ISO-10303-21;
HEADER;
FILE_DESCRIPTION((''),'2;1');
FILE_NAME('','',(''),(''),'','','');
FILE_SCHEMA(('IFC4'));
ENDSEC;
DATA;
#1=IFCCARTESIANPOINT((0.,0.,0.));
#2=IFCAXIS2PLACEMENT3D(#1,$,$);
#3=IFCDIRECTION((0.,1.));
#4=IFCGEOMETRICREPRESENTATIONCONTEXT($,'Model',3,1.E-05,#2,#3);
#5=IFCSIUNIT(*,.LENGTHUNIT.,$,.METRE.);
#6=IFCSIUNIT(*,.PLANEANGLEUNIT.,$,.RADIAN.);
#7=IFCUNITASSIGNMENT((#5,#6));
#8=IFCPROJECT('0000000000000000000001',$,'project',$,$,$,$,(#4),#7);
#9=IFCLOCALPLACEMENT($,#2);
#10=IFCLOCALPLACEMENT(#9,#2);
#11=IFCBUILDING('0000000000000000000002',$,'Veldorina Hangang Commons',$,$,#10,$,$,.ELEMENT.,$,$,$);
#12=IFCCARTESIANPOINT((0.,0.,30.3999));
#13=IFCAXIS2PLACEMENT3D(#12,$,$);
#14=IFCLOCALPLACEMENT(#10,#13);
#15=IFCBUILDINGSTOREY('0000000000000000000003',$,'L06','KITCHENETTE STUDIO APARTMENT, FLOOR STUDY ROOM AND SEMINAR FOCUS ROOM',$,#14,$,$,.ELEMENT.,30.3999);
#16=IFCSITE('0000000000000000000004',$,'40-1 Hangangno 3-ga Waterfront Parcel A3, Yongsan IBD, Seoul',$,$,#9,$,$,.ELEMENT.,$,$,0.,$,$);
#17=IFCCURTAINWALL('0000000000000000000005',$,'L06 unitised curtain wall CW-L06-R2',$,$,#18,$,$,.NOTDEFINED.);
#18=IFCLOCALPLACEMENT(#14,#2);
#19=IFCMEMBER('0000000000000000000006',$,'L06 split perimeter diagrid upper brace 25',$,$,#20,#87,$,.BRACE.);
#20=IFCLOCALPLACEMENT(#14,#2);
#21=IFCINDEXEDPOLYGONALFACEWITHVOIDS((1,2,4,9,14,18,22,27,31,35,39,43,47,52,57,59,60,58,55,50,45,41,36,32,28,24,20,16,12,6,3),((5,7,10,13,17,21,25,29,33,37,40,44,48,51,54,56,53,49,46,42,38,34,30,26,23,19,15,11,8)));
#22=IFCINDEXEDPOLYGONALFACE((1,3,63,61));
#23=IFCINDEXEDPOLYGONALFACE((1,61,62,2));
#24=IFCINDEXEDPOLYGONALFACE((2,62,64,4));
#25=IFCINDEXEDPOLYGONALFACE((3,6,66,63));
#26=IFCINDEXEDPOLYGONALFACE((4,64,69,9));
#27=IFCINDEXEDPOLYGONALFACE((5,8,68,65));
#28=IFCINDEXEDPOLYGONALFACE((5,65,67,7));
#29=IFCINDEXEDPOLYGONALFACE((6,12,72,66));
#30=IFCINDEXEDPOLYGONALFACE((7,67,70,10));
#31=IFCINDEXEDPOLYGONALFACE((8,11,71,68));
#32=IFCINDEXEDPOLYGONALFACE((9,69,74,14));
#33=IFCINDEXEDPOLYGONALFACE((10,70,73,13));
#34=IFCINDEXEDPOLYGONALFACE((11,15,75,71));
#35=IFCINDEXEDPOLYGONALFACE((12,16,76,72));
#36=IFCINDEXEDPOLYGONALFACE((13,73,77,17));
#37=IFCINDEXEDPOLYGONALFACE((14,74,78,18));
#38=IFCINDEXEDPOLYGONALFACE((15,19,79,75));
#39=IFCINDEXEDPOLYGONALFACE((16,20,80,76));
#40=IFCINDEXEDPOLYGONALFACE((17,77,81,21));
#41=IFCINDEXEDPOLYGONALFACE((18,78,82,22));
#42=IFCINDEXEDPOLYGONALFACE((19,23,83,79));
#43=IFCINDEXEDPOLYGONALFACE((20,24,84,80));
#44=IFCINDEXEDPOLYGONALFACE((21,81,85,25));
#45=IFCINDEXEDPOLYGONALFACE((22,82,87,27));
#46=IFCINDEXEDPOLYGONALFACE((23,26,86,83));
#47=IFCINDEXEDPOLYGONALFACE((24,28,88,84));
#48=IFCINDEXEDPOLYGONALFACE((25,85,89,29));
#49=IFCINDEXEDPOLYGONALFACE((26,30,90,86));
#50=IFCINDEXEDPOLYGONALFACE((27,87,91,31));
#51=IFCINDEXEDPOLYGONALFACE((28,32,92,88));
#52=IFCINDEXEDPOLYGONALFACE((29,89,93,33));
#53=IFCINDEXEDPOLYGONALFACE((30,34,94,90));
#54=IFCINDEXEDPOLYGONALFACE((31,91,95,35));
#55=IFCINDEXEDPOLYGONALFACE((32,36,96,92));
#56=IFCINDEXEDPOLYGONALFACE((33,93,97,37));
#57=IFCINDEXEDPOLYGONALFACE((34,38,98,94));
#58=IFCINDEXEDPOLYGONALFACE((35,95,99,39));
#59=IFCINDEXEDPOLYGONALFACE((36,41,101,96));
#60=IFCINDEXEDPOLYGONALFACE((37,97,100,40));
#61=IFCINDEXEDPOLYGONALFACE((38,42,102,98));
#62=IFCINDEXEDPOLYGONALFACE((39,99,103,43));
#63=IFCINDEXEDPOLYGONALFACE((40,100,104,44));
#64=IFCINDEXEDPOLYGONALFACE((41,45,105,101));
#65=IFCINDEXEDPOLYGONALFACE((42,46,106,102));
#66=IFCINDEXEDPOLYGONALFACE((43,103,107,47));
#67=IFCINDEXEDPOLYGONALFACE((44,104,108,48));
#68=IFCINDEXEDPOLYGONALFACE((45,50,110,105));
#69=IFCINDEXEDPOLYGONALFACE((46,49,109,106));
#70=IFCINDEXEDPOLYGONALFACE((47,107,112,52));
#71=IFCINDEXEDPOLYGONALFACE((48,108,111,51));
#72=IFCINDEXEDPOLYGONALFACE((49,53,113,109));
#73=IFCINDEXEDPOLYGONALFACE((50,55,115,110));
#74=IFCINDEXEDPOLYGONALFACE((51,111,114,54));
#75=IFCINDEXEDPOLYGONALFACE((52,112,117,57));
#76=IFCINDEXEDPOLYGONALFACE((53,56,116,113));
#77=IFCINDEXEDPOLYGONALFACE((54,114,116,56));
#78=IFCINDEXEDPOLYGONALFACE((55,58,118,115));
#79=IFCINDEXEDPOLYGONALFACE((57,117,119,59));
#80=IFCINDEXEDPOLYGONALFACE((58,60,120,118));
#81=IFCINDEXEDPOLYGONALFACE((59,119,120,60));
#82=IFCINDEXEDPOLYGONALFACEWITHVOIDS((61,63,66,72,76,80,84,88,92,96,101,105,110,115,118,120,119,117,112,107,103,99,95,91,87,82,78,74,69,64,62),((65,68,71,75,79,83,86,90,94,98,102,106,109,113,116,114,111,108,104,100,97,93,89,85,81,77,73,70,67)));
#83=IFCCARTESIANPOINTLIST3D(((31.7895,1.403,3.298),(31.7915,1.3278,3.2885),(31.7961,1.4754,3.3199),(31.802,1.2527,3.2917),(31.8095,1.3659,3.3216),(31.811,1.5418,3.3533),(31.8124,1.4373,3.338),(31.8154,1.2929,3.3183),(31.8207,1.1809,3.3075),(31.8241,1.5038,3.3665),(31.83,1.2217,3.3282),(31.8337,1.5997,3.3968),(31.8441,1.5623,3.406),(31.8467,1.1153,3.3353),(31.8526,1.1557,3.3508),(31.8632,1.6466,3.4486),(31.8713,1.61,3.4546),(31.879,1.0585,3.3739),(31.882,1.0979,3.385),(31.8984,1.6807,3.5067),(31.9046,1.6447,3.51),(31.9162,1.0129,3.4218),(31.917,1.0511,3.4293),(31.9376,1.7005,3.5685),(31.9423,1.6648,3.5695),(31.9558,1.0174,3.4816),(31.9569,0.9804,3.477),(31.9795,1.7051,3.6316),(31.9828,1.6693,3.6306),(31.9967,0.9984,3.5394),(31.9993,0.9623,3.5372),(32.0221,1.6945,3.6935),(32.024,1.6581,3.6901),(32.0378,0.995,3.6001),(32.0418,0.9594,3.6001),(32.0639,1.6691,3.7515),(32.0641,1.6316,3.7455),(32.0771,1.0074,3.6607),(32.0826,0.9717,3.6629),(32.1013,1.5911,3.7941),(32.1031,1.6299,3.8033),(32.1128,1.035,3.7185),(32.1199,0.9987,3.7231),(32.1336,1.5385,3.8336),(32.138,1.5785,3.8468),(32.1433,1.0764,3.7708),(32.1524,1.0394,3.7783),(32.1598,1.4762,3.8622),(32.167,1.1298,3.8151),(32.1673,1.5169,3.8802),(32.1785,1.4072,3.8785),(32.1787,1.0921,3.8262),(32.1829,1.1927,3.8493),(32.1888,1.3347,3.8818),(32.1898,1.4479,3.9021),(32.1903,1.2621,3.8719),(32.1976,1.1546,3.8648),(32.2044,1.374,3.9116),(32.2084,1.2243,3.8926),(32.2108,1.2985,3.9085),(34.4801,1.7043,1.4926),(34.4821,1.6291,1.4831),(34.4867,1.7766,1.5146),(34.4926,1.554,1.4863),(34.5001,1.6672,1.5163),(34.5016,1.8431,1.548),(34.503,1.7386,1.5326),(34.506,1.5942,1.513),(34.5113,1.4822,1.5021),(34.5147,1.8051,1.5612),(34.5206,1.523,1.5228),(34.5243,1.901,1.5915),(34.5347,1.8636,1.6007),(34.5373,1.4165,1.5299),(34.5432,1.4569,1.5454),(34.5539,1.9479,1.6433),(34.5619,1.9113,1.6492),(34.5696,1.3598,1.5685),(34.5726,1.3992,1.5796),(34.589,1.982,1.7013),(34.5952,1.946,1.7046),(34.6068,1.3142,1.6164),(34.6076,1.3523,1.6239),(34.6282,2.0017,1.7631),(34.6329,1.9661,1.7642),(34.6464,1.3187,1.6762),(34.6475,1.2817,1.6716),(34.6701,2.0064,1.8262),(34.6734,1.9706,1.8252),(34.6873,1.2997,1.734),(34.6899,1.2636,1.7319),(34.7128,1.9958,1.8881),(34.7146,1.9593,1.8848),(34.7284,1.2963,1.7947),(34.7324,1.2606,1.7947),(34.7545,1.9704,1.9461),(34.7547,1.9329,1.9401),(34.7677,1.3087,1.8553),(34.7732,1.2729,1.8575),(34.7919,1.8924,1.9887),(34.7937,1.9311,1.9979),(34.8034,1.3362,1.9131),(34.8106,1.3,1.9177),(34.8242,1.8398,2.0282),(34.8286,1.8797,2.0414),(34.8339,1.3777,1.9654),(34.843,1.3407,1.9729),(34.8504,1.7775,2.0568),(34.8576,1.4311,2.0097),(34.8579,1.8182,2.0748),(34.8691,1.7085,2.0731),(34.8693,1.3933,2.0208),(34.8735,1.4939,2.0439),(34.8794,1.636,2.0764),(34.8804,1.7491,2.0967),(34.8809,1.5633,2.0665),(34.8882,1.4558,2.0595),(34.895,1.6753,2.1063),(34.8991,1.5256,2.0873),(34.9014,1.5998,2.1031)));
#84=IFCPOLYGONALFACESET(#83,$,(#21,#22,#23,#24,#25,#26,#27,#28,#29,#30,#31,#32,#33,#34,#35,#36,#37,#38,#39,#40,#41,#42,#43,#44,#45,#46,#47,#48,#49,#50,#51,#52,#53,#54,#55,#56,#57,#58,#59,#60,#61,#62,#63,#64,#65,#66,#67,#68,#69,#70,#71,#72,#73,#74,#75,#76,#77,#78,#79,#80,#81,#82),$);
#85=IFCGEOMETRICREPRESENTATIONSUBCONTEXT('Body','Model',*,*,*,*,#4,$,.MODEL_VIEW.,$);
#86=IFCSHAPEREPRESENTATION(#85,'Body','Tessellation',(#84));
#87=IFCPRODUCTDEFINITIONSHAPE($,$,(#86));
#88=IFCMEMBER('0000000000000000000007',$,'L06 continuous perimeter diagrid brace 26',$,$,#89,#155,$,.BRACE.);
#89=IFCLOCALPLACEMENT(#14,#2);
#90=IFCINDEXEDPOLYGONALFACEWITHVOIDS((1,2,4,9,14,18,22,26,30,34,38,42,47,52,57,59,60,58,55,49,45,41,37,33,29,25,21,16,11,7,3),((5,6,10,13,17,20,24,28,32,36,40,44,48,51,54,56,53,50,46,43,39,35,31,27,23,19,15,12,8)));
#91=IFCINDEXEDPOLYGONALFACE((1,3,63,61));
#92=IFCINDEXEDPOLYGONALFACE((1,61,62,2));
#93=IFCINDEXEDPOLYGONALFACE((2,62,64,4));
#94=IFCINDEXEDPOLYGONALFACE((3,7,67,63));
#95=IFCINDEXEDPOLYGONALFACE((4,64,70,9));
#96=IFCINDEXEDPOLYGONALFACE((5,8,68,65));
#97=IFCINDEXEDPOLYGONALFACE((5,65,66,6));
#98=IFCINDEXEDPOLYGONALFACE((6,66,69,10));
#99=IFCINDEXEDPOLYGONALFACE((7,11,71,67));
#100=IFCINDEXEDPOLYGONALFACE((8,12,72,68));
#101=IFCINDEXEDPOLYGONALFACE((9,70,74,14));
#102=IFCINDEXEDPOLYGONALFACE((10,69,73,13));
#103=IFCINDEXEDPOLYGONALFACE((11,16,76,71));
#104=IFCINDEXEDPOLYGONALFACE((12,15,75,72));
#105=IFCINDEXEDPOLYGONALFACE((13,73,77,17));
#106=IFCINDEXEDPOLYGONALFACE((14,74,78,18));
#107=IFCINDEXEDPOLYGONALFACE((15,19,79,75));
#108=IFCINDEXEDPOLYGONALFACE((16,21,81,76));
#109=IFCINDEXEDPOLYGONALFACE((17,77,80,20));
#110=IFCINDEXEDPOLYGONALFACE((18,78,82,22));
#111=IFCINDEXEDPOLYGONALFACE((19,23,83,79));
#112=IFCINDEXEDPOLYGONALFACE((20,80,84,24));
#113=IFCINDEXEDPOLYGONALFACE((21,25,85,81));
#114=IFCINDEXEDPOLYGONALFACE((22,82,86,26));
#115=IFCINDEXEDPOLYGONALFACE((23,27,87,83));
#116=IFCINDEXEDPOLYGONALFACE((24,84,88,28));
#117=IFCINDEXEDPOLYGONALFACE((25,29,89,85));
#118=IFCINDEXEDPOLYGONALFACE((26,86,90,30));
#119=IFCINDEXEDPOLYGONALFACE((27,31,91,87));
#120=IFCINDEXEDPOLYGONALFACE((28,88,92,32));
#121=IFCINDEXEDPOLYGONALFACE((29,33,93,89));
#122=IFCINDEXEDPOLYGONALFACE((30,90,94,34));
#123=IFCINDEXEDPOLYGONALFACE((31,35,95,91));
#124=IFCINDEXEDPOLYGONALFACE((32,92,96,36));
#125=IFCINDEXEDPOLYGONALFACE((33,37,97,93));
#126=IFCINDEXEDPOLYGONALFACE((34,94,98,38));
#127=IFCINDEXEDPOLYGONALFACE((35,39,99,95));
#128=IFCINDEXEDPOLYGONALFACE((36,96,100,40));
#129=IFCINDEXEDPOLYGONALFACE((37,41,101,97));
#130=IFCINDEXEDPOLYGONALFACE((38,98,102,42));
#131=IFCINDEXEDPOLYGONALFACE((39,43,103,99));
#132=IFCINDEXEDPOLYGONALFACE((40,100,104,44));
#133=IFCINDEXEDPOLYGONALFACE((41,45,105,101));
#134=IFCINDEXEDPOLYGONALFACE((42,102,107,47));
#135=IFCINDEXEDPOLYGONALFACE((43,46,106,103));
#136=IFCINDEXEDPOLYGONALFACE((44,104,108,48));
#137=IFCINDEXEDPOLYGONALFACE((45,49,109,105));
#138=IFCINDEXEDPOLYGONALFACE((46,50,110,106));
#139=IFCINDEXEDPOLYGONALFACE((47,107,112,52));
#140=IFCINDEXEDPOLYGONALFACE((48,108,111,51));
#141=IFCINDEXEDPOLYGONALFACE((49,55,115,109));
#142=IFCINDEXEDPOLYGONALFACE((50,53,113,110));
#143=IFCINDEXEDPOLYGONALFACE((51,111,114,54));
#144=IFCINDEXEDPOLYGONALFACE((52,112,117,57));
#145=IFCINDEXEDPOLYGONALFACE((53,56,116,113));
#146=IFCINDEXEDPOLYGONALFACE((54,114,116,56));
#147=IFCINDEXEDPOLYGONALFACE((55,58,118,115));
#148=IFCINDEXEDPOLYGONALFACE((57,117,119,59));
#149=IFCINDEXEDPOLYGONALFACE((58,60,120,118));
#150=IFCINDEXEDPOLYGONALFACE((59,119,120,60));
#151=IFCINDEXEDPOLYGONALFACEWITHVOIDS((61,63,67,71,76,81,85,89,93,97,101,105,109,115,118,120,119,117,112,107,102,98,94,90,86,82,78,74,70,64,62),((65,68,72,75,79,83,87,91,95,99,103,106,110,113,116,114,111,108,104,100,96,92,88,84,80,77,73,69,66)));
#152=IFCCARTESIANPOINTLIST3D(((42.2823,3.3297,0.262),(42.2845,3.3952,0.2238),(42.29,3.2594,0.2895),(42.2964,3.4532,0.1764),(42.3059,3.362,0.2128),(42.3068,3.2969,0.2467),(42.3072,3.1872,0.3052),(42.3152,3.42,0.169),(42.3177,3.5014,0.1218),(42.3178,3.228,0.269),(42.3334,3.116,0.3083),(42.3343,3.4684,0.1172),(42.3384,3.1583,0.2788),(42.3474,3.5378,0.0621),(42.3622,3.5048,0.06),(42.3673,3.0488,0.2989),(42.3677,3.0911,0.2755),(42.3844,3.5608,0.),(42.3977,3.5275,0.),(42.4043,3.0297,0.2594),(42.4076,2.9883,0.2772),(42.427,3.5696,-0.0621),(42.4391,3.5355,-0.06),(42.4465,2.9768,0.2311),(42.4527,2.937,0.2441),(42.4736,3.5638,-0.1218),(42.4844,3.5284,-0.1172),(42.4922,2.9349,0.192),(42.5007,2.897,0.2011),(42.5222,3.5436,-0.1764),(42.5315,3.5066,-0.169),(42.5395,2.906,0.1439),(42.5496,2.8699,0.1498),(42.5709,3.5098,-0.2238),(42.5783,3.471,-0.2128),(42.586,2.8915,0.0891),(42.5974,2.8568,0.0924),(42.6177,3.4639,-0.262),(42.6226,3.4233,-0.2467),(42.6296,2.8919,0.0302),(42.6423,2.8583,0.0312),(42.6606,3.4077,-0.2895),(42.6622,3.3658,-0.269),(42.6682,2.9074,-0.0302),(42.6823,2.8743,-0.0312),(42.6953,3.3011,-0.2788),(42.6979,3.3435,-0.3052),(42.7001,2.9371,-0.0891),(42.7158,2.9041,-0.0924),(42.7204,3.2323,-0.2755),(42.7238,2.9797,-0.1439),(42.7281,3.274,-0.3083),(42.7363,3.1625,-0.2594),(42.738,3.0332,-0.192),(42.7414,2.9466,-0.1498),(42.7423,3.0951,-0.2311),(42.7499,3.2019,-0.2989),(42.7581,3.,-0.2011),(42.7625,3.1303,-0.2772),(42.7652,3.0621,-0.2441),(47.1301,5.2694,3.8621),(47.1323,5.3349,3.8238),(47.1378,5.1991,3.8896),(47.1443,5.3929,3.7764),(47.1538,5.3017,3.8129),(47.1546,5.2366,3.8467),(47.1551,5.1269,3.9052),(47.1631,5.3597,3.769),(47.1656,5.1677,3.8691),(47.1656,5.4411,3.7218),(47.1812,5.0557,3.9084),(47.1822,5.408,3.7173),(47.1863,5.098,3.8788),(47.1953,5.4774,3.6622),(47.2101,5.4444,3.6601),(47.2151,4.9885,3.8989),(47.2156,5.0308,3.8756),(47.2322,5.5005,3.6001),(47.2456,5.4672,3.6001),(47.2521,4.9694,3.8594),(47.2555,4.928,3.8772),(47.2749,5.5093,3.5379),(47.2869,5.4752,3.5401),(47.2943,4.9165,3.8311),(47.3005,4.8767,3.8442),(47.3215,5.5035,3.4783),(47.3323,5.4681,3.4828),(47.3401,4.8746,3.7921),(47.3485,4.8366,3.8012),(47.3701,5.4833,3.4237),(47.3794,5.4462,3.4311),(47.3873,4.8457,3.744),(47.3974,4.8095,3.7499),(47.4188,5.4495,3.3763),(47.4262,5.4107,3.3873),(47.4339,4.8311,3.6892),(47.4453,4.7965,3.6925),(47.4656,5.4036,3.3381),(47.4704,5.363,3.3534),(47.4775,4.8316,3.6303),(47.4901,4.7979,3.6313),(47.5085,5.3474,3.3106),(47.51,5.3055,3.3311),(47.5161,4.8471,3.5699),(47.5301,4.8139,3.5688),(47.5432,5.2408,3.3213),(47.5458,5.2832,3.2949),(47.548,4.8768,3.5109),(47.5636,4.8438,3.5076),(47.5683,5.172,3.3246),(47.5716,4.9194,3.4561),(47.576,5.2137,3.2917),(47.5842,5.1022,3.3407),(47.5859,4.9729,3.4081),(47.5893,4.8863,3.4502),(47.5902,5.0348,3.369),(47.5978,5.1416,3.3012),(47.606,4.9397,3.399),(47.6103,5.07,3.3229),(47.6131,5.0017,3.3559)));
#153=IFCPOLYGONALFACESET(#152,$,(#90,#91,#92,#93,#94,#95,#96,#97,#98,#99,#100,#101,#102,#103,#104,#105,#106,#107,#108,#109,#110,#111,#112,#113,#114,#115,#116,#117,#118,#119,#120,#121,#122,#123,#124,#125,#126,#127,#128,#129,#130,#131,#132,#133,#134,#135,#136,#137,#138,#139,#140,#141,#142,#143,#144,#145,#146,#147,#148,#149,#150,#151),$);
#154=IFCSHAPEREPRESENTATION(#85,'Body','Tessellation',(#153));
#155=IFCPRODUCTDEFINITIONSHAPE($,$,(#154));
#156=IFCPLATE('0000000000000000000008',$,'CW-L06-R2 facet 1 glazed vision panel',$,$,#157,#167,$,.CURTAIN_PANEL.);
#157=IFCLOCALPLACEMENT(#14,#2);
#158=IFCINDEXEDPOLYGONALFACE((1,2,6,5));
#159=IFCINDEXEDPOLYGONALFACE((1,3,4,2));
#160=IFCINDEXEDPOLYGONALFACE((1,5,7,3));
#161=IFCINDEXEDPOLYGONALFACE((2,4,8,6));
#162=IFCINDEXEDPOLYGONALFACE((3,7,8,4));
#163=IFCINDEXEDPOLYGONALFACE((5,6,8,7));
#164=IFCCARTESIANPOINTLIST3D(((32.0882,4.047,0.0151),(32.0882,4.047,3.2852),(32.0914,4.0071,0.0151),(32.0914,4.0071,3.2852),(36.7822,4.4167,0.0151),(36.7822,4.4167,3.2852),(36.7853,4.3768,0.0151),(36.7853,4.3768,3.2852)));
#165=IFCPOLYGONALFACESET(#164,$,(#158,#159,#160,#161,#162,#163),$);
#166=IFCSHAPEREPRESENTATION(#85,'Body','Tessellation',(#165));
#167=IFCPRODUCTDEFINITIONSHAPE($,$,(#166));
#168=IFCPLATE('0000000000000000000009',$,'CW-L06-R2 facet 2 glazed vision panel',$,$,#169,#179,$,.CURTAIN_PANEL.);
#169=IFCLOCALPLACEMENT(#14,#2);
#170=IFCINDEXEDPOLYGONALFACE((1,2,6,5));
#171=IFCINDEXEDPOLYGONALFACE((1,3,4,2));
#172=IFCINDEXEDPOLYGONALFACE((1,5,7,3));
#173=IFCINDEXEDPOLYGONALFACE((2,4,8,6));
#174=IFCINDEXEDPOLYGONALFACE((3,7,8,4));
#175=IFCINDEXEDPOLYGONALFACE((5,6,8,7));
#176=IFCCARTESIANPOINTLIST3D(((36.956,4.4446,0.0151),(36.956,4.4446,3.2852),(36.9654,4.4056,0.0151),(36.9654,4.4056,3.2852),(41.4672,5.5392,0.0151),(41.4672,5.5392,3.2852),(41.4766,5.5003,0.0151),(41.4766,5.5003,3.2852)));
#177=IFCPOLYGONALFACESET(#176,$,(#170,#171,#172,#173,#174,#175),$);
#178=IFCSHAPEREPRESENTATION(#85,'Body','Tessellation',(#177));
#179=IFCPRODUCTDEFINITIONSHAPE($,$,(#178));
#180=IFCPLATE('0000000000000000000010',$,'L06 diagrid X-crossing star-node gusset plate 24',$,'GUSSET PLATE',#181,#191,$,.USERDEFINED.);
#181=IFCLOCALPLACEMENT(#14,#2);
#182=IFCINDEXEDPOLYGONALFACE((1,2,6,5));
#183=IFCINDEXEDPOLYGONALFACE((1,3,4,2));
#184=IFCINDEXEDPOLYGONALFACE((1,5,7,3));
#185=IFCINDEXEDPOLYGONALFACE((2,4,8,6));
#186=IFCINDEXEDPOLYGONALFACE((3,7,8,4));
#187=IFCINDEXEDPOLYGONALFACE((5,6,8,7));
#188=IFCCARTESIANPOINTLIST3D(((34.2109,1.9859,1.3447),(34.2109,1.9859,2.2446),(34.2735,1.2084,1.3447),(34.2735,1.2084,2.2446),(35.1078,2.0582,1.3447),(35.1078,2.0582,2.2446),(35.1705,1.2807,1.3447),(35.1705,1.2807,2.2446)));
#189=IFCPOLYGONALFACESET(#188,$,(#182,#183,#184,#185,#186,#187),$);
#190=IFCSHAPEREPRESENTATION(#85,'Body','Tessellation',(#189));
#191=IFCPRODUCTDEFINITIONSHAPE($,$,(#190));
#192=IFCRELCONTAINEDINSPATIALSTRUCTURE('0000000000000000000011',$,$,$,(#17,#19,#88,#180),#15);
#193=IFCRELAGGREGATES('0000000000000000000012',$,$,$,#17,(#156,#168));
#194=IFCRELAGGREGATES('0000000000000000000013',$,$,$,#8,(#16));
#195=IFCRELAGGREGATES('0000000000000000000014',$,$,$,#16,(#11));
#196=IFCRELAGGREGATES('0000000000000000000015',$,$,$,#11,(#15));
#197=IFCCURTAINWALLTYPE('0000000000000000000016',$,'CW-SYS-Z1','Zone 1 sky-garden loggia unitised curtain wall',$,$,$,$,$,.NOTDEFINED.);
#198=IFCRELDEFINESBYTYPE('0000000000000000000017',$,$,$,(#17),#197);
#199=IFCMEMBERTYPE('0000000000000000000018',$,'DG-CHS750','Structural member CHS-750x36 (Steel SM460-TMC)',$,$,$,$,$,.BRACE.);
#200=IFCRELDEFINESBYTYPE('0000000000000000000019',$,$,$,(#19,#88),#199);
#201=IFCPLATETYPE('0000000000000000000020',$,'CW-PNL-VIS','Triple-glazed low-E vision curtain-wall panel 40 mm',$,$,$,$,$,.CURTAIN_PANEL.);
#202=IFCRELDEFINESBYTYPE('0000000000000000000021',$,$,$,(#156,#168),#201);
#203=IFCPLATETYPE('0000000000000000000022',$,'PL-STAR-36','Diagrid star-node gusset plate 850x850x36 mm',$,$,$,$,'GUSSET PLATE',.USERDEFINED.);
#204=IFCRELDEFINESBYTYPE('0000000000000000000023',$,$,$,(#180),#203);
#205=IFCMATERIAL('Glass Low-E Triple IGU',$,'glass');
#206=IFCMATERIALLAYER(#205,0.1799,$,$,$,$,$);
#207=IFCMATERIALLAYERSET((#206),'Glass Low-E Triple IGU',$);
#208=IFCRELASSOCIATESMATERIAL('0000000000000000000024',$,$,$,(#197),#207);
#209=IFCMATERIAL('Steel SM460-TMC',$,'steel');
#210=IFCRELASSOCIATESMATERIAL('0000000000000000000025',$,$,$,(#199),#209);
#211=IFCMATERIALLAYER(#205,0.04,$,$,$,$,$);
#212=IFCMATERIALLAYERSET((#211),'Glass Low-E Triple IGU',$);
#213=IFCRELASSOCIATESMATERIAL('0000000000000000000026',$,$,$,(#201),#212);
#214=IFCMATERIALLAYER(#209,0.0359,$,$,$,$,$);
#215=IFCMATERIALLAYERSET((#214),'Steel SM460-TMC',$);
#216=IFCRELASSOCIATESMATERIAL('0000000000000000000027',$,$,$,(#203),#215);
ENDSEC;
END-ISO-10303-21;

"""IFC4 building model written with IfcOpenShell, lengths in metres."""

from ifc_helpers import new_model, si_unit, direction, frame, origin, origin_2d, place, context, subcontext, project, spatial, rectangle, hollow_circle, extrude, material, layer, layer_set, material_profile, profile_set, type_object, element, aggregate, save


model = new_model("IFC4")

# Units and contexts
model_context = context("Model", 3, precision=1e-05, world=origin(), true_north=direction((0.0, 1.0)))
body_context = subcontext(model_context, "Body", "Model", "MODEL_VIEW")
ifc_project = project(units=[si_unit("LENGTHUNIT", "METRE"), si_unit("PLANEANGLEUNIT", "RADIAN")], contexts=[model_context])

# Site, building, storey
site_placement = place(None, origin())
site = spatial("IfcSite", under=ifc_project, at=site_placement, Name="40-1 Hangangno 3-ga Waterfront Parcel A3, Yongsan IBD, Seoul", CompositionType="ELEMENT", RefElevation=0.0)
building_placement = place(site_placement, origin())
building = spatial("IfcBuilding", under=site, at=building_placement, Name="Veldorina Hangang Commons", CompositionType="ELEMENT")
storey_placement = place(building_placement, frame((0.0, 0.0, 30.3999)))
storey = spatial("IfcBuildingStorey", under=building, at=storey_placement, Name="L06", Description="KITCHENETTE STUDIO APARTMENT, FLOOR STUDY ROOM AND SEMINAR FOCUS ROOM", CompositionType="ELEMENT", Elevation=30.3999)

# Shared definitions
ifc_material_1 = material(Name="Steel SM460-TMC", Category="steel")

# Curtain wall
ifc_material_2 = material(Name="Glass Low-E Triple IGU", Category="glass")
ifc_layer_1 = layer(ifc_material_2, 0.1799)
ifc_layer_set_1 = layer_set([ifc_layer_1], Name="Glass Low-E Triple IGU")
curtain_wall_type = type_object("IfcCurtainWallType", Name="CW-SYS-Z1", Description="Zone 1 sky-garden loggia unitised curtain wall", PredefinedType="NOTDEFINED", material=ifc_layer_set_1)
curtain_wall_placement = place(storey_placement, origin())
curtain_wall = element("IfcCurtainWall", 1, at=curtain_wall_placement, inside=storey, type_object=curtain_wall_type, Name="L06 unitised curtain wall CW-L06-R2", PredefinedType="NOTDEFINED")

# Members
ifc_material_profile_1 = material_profile(ifc_material_1, hollow_circle(Radius=0.375, WallThickness=0.0359, at=origin_2d()), Name="CHS-750x36")
ifc_profile_set_1 = profile_set([ifc_material_profile_1], Name="Steel SM460-TMC")
member_type_1 = type_object("IfcMemberType", Name="DG-CHS750", Description="Structural member CHS-750x36 (Steel SM460-TMC)", PredefinedType="BRACE", material=ifc_profile_set_1)
member_1_placement = place(storey_placement, frame((34.6907, 1.6333, 1.7947), z_axis=(-0.826823, -0.092578, 0.554791), x_axis=(0.111273, -0.99379, 0.0)))
element("IfcMember", 2, at=member_1_placement, inside=storey, type_object=member_type_1, Name="L06 split perimeter diagrid upper brace 25", PredefinedType="BRACE", context=body_context, shape_type="SweptSolid", body=[
    extrude(hollow_circle(Radius=0.375, WallThickness=0.0359, at=origin_2d()), origin(), (0.0, 0.0, 1.0), 3.2542),
])
member_2_placement = place(storey_placement, frame((42.5237, 3.2126, 0.0), z_axis=(0.764371, 0.305833, 0.567629), x_axis=(-0.371479, 0.928441, 0.0)))
element("IfcMember", 3, at=member_2_placement, inside=storey, type_object=member_type_1, Name="L06 continuous perimeter diagrid brace 26", PredefinedType="BRACE", context=body_context, shape_type="SweptSolid", body=[
    extrude(hollow_circle(Radius=0.375, WallThickness=0.0359, at=origin_2d()), origin(), (0.0, 0.0, 1.0), 6.3423),
])

# Plates
ifc_layer_2 = layer(ifc_material_2, 0.04)
ifc_layer_set_2 = layer_set([ifc_layer_2], Name="Glass Low-E Triple IGU")
plate_type_1 = type_object("IfcPlateType", Name="CW-PNL-VIS", Description="Triple-glazed low-E vision curtain-wall panel 40 mm", PredefinedType="CURTAIN_PANEL", material=ifc_layer_set_2)
plate_1_placement = place(storey_placement, frame((34.4368, 4.2119, 0.0151), z_axis=(0.0, 0.0, 1.0), x_axis=(0.996912, 0.078529, 0.0)))
plate_1 = element("IfcPlate", 4, at=plate_1_placement, type_object=plate_type_1, Name="CW-L06-R2 facet 1 glazed vision panel", PredefinedType="CURTAIN_PANEL", context=body_context, shape_type="SweptSolid", body=[
    extrude(rectangle(XDim=4.7085, YDim=0.04, at=origin_2d()), origin(), (0.0, 0.0, 1.0), 3.27),
])
plate_2_placement = place(storey_placement, frame((39.2163, 4.9724, 0.0151), z_axis=(0.0, 0.0, 1.0), x_axis=(0.971801, 0.235804, 0.0)))
plate_2 = element("IfcPlate", 5, at=plate_2_placement, type_object=plate_type_1, Name="CW-L06-R2 facet 2 glazed vision panel", PredefinedType="CURTAIN_PANEL", context=body_context, shape_type="SweptSolid", body=[
    extrude(rectangle(XDim=4.6421, YDim=0.04, at=origin_2d()), origin(), (0.0, 0.0, 1.0), 3.27),
])
aggregate(curtain_wall, [plate_1, plate_2])

# Plate
ifc_layer_3 = layer(ifc_material_1, 0.0359)
ifc_layer_set_3 = layer_set([ifc_layer_3], Name="Steel SM460-TMC")
plate_type_2 = type_object("IfcPlateType", Name="PL-STAR-36", Description="Diagrid star-node gusset plate 850x850x36 mm", ElementType="GUSSET PLATE", PredefinedType="USERDEFINED", material=ifc_layer_set_3)
plate_3_placement = place(storey_placement, frame((34.6907, 1.6333, 1.3447), z_axis=(0.0, 0.0, 1.0), x_axis=(0.996769, 0.080321, 0.0)))
element("IfcPlate", 6, at=plate_3_placement, inside=storey, type_object=plate_type_2, Name="L06 diagrid X-crossing star-node gusset plate 24", ObjectType="GUSSET PLATE", PredefinedType="USERDEFINED", context=body_context, shape_type="SweptSolid", body=[
    extrude(rectangle(XDim=0.8999, YDim=0.78, at=origin_2d()), origin(), (0.0, 0.0, 1.0), 0.8999),
])

save(model, "model.ifc")
